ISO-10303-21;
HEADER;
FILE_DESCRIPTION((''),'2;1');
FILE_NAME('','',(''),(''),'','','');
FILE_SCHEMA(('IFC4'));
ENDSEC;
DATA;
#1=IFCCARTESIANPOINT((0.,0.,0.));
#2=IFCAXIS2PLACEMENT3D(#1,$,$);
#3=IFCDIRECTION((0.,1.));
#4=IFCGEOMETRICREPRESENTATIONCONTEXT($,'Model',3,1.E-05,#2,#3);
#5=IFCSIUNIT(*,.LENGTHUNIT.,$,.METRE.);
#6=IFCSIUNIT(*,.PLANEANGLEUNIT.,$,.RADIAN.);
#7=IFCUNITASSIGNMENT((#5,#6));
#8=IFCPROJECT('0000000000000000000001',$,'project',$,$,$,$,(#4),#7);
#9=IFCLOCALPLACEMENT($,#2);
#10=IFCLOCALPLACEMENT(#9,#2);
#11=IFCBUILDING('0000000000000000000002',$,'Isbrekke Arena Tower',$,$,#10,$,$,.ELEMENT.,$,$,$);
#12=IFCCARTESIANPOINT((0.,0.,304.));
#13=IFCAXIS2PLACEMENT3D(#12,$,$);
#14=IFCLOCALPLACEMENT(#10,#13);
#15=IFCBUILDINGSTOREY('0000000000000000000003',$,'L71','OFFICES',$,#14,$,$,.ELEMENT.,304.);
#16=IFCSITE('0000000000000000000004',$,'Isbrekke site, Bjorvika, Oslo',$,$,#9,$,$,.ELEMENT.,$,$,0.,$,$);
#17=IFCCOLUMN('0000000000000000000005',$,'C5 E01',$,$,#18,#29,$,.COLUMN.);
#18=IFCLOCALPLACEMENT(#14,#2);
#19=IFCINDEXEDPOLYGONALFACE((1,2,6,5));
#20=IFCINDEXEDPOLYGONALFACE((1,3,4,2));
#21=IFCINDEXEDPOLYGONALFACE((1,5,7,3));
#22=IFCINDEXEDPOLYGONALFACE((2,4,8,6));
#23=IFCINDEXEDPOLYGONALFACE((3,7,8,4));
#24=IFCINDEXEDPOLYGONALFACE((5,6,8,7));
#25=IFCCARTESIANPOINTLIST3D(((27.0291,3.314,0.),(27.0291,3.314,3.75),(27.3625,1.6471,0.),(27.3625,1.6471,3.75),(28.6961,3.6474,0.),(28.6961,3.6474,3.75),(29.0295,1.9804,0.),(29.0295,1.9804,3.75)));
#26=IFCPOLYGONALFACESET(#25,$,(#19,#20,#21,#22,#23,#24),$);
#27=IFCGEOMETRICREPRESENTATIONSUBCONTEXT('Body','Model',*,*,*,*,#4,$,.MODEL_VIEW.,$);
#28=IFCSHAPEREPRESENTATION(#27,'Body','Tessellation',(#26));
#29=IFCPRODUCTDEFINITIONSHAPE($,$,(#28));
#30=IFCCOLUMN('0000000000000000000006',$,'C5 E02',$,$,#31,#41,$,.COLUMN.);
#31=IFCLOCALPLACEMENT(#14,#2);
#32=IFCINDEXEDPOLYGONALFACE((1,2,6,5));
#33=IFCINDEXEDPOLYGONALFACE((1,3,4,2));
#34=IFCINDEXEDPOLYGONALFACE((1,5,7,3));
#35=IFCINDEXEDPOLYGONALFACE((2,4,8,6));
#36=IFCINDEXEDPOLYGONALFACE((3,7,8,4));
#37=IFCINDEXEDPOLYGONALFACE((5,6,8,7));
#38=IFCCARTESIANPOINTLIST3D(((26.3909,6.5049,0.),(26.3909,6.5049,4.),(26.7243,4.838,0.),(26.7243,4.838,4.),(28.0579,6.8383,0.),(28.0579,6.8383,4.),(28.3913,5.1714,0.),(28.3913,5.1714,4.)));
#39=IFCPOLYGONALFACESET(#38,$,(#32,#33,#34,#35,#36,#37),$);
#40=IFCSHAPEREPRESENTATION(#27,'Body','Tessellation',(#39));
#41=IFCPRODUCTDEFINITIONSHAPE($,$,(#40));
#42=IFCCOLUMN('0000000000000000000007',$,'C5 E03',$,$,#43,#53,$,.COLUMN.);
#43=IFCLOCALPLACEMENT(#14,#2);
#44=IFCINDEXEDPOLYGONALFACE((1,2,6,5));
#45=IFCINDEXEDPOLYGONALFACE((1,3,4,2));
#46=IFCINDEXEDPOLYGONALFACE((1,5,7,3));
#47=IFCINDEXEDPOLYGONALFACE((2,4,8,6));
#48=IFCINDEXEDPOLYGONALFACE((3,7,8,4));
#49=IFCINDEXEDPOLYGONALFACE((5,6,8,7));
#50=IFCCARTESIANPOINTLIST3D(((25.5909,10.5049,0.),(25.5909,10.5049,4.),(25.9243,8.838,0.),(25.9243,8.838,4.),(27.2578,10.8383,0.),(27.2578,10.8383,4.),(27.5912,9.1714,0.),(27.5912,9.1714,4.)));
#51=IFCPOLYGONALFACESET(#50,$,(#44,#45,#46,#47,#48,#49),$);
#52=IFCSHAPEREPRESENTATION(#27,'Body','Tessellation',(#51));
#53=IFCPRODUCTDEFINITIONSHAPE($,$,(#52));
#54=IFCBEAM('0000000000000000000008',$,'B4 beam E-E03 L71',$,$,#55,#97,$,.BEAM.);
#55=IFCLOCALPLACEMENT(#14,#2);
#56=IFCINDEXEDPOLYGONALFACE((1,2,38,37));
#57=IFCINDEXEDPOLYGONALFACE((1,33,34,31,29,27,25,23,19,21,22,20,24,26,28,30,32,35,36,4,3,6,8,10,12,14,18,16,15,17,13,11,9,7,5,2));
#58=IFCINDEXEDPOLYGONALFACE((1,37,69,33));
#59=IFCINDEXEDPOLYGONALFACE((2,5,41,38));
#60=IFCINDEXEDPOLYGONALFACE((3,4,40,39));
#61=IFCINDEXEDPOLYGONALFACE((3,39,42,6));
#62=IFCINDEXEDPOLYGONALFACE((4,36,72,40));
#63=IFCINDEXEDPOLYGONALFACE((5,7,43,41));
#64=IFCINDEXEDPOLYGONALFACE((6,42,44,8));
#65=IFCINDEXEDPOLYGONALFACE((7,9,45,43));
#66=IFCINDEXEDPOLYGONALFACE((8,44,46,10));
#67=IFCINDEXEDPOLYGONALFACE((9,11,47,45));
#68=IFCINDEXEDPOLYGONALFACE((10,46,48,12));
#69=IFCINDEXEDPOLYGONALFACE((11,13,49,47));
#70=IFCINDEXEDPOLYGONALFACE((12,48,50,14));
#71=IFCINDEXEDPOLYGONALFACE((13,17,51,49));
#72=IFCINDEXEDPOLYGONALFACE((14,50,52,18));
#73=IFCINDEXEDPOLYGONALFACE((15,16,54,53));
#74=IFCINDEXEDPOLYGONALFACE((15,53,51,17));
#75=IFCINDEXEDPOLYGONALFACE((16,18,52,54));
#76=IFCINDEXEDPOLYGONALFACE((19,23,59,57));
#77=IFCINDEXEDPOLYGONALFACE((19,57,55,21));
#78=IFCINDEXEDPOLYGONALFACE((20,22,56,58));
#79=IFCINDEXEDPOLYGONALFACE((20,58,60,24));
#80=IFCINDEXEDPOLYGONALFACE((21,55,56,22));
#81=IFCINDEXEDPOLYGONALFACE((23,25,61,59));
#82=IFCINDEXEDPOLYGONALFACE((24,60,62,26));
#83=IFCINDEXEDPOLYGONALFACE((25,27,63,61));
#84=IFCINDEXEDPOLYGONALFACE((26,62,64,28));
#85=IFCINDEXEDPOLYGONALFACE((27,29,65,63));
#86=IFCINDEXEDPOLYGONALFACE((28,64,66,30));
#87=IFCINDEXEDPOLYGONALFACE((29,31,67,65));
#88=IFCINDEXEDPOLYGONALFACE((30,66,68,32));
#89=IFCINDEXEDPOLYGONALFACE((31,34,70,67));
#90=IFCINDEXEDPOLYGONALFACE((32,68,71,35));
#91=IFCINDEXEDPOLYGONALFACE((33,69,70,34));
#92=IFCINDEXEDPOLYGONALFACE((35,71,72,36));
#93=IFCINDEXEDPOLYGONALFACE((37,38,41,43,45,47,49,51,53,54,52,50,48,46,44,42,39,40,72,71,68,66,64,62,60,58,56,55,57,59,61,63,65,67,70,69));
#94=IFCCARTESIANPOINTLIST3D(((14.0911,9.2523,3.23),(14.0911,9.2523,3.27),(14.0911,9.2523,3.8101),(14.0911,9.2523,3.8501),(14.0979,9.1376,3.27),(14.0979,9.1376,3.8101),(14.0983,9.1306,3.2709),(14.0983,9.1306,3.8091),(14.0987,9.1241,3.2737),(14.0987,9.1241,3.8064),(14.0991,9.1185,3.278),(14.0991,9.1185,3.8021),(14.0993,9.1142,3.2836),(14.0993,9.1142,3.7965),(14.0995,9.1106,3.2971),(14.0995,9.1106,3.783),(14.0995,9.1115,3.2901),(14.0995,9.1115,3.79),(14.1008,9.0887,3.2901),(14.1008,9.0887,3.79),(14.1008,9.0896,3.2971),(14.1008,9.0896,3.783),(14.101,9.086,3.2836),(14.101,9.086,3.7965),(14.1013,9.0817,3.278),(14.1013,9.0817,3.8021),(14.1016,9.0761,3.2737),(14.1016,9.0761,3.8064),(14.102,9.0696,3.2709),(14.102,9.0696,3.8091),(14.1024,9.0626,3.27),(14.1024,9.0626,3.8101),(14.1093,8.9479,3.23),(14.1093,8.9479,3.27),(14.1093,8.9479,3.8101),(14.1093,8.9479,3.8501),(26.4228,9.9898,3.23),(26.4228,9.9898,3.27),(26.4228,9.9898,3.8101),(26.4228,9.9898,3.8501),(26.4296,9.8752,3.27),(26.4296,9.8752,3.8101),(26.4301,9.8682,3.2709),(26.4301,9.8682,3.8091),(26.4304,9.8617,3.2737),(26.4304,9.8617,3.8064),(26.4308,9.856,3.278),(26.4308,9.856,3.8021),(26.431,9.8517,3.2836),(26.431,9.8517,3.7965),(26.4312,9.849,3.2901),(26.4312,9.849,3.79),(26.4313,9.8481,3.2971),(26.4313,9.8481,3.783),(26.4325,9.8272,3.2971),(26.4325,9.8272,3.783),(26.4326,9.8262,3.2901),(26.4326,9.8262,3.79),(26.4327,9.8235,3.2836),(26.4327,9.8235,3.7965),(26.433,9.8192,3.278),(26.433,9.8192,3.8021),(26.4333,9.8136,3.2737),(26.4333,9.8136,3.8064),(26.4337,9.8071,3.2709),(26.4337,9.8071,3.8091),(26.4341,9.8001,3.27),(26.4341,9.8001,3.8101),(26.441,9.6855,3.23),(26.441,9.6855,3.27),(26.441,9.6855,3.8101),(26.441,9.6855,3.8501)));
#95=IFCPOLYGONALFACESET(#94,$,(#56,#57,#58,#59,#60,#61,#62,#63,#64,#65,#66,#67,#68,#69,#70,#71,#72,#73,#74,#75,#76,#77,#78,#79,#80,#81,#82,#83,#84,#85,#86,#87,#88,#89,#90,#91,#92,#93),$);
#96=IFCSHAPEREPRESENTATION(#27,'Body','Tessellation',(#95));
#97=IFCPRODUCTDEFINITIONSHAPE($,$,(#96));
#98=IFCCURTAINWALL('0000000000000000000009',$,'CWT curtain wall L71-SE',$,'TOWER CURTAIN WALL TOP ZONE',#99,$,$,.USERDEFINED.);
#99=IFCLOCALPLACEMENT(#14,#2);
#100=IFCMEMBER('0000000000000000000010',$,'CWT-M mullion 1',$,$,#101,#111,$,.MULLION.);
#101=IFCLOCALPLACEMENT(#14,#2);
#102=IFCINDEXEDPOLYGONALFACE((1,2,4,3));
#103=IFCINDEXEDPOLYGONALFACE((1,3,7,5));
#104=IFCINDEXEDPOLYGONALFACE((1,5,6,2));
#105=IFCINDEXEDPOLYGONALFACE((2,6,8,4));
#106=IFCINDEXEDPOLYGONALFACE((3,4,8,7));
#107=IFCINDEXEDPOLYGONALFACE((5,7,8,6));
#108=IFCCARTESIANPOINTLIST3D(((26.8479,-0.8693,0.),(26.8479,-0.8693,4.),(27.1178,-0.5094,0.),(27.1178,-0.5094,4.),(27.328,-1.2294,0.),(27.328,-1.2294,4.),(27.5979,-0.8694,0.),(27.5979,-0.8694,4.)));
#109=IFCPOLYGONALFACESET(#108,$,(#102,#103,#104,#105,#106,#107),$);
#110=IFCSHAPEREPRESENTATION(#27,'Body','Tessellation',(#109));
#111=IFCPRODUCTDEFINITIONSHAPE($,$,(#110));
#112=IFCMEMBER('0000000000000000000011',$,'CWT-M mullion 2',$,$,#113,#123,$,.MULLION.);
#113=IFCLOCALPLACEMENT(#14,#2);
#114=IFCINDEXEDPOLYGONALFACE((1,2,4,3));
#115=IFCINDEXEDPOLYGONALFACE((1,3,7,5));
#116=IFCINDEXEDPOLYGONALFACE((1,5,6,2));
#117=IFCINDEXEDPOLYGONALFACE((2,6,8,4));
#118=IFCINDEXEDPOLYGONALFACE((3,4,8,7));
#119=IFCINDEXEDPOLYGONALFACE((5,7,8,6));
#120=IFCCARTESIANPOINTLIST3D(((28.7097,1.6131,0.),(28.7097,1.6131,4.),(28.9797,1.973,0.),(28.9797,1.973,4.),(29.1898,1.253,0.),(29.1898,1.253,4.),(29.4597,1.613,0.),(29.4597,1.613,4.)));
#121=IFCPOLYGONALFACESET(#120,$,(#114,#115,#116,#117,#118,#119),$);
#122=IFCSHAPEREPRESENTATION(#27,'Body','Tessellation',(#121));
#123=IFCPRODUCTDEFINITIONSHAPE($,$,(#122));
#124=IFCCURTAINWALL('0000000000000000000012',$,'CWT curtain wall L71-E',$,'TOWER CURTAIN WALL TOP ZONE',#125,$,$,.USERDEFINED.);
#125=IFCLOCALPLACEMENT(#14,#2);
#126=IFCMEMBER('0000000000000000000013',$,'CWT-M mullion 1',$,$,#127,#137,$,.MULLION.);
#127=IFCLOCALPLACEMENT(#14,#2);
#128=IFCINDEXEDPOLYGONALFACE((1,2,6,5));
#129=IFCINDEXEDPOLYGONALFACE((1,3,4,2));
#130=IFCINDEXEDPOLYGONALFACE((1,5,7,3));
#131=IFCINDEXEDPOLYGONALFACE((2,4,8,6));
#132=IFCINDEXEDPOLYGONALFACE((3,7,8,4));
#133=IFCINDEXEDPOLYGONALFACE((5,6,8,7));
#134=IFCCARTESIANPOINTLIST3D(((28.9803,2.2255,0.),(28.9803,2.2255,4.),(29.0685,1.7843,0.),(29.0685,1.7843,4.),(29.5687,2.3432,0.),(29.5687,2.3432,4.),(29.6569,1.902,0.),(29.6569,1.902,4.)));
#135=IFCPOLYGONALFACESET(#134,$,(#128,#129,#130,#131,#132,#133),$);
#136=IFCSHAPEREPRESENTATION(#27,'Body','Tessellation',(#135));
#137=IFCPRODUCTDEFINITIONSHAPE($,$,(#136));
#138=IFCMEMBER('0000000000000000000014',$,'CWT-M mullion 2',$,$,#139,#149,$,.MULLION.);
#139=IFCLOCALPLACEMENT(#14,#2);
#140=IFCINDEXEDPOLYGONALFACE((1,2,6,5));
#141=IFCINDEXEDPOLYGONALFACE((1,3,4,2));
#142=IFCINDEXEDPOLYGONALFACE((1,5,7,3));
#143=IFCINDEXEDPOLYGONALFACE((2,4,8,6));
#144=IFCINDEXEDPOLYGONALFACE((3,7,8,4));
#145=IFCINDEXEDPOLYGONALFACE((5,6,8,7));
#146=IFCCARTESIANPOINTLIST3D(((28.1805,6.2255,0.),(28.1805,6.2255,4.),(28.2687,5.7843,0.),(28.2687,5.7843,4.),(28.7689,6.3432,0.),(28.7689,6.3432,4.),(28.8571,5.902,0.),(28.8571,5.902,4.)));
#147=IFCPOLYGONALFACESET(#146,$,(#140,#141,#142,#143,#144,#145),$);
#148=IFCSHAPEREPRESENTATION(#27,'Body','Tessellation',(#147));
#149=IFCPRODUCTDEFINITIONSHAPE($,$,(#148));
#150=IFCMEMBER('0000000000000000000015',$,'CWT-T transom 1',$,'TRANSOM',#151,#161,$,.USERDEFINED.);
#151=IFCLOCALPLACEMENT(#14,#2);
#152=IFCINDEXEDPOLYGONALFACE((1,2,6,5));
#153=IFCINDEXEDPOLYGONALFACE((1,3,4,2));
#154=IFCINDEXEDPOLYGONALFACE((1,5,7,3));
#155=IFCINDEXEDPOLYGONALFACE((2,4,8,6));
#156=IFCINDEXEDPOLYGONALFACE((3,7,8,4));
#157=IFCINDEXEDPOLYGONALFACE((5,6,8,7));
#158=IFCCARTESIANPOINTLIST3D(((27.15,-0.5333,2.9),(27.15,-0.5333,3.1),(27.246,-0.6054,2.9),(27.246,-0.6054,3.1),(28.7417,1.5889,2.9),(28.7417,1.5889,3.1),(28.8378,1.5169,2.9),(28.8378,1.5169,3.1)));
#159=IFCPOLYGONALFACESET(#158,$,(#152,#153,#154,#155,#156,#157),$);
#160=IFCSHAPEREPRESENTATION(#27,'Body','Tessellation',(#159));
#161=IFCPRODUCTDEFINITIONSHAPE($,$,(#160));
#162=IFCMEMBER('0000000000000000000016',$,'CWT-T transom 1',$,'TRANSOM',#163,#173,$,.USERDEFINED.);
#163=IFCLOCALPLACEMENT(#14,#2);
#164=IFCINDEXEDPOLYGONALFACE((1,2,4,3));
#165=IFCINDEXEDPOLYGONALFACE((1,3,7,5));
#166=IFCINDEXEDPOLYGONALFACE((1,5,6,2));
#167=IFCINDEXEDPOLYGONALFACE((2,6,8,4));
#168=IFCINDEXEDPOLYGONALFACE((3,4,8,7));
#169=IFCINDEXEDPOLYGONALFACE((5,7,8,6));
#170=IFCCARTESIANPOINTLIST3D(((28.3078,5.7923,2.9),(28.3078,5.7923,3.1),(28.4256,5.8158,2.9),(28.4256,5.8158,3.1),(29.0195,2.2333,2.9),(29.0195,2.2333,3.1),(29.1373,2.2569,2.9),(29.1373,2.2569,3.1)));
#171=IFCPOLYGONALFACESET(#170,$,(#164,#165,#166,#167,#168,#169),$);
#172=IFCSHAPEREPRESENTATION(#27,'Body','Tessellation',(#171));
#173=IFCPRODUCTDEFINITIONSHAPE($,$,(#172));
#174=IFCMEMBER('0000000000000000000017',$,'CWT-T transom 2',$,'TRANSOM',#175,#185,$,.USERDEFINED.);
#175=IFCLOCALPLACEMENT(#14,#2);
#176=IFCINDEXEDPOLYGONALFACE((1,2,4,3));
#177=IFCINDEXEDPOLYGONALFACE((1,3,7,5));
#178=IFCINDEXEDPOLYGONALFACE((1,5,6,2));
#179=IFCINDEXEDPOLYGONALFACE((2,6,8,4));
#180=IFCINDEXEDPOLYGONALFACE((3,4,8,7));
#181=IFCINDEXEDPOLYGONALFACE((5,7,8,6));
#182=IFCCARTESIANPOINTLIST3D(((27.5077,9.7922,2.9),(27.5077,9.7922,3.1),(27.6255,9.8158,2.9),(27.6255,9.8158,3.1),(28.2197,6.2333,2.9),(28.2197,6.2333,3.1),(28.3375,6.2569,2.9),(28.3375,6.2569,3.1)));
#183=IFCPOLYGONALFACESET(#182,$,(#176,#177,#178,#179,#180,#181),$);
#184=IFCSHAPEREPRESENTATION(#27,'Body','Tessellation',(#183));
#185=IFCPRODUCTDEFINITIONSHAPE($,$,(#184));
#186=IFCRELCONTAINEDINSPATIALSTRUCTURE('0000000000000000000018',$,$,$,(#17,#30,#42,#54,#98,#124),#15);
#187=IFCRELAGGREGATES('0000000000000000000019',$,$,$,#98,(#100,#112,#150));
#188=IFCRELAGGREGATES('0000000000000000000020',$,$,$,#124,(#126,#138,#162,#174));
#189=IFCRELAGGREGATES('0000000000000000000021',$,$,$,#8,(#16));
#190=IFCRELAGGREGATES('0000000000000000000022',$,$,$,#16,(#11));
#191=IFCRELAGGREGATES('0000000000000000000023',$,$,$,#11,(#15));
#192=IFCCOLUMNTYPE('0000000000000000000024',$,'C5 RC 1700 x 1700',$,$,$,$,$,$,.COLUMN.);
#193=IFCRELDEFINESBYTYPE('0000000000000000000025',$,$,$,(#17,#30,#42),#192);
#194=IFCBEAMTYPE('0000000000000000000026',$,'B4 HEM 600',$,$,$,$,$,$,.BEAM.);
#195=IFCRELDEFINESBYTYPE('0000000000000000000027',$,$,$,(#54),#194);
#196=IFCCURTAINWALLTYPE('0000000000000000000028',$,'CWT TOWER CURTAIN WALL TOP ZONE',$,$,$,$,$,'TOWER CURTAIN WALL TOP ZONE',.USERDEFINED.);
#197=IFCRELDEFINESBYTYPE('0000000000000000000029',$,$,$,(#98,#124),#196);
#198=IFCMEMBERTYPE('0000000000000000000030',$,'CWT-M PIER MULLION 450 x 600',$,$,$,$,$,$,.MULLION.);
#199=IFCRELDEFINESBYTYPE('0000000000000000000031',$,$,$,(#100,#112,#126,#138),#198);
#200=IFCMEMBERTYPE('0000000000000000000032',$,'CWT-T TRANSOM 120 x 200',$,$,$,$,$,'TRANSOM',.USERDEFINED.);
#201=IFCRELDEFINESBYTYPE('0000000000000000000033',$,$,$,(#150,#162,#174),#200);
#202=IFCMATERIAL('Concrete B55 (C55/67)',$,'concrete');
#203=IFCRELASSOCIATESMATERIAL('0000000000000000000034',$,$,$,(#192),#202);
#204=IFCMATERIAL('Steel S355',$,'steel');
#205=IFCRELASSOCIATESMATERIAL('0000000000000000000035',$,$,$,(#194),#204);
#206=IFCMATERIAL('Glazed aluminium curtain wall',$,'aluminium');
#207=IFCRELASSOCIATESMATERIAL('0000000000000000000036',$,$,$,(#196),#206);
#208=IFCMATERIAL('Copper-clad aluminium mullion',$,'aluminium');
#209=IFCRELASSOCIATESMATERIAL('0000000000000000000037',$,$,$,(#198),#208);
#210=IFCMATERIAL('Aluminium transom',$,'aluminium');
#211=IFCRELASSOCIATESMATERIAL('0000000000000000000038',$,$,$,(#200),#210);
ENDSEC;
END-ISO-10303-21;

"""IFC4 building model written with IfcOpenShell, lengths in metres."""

from ifc_helpers import new_model, si_unit, direction, frame, origin, origin_2d, place, context, subcontext, project, spatial, rectangle, i_section, extrude, material, material_profile, profile_set, type_object, element, aggregate, save


model = new_model("IFC4")

# Units and contexts
model_context = context("Model", 3, precision=1e-05, world=origin(), true_north=direction((0.0, 1.0)))
body_context = subcontext(model_context, "Body", "Model", "MODEL_VIEW")
ifc_project = project(units=[si_unit("LENGTHUNIT", "METRE"), si_unit("PLANEANGLEUNIT", "RADIAN")], contexts=[model_context])

# Site, building, storey
site_placement = place(None, origin())
site = spatial("IfcSite", under=ifc_project, at=site_placement, Name="Isbrekke site, Bjorvika, Oslo", CompositionType="ELEMENT", RefElevation=0.0)
building_placement = place(site_placement, origin())
building = spatial("IfcBuilding", under=site, at=building_placement, Name="Isbrekke Arena Tower", CompositionType="ELEMENT")
storey_placement = place(building_placement, frame((0.0, 0.0, 304.0)))
storey = spatial("IfcBuildingStorey", under=building, at=storey_placement, Name="L71", Description="OFFICES", CompositionType="ELEMENT", Elevation=304.0)

# Columns
ifc_material_1 = material(Name="Concrete B55 (C55/67)", Category="concrete")
ifc_material_profile_1 = material_profile(ifc_material_1, rectangle(XDim=1.7, YDim=1.7, at=origin_2d()), Name="RC 1700x1700")
ifc_profile_set_1 = profile_set([ifc_material_profile_1], Name="Concrete B55 (C55/67)")
column_type = type_object("IfcColumnType", Name="C5 RC 1700 x 1700", PredefinedType="COLUMN", material=ifc_profile_set_1)
column_placement = place(storey_placement, frame((28.0293, 2.6472, 0.0), z_axis=(0.0, 0.0, 1.0), x_axis=(-0.196116, 0.980581, 0.0)))
element("IfcColumn", 1, at=column_placement, inside=storey, type_object=column_type, Name="C5 E01", PredefinedType="COLUMN", context=body_context, shape_type="SweptSolid", body=[
    extrude(rectangle(XDim=1.7, YDim=1.7, at=origin_2d()), origin(), (0.0, 0.0, 1.0), 3.75),
])
for number, where, z_axis, x_axis, name in (
    (2, (27.3911, 5.8381, 0.0), (0.0, 0.0, 1.0), (-0.196116, 0.980581, 0.0), "C5 E02"),
    (3, (26.5911, 9.8381, 0.0), (0.0, 0.0, 1.0), (-0.196116, 0.980581, 0.0), "C5 E03"),
):
    element("IfcColumn", number, at=place(storey_placement, frame(where, z_axis=z_axis, x_axis=x_axis)), inside=storey, type_object=column_type, Name=name, PredefinedType="COLUMN", context=body_context, shape_type="SweptSolid", body=[
        extrude(rectangle(XDim=1.7, YDim=1.7, at=origin_2d()), origin(), (0.0, 0.0, 1.0), 4.0),
    ])

# Beam
ifc_material_2 = material(Name="Steel S355", Category="steel")
ifc_material_profile_2 = material_profile(ifc_material_2, i_section(OverallWidth=0.3049, OverallDepth=0.6201, WebThickness=0.021, FlangeThickness=0.04, FilletRadius=0.0271, at=origin_2d()), Name="HEM 600")
ifc_profile_set_2 = profile_set([ifc_material_profile_2], Name="Steel S355")
beam_type_1 = type_object("IfcBeamType", Name="B4 HEM 600", PredefinedType="BEAM", material=ifc_profile_set_2)
beam_1_placement = place(storey_placement, frame((26.4319, 9.8376, 3.54), z_axis=(-0.998216, -0.059702, 0.0), x_axis=(0.059702, -0.998216, 0.0)))
element("IfcBeam", 4, at=beam_1_placement, inside=storey, type_object=beam_type_1, Name="B4 beam E-E03 L71", PredefinedType="BEAM", context=body_context, shape_type="SweptSolid", body=[
    extrude(i_section(OverallWidth=0.3049, OverallDepth=0.6201, WebThickness=0.021, FlangeThickness=0.04, FilletRadius=0.0271, at=origin_2d()), origin(), (0.0, 0.0, 1.0), 12.3538),
])

# Curtain walls, members
ifc_material_3 = material(Name="Glazed aluminium curtain wall", Category="aluminium")
curtain_wall_type = type_object("IfcCurtainWallType", Name="CWT TOWER CURTAIN WALL TOP ZONE", ElementType="TOWER CURTAIN WALL TOP ZONE", PredefinedType="USERDEFINED", material=ifc_material_3)
curtain_wall_1_placement = place(storey_placement, origin())
curtain_wall_1 = element("IfcCurtainWall", 5, at=curtain_wall_1_placement, inside=storey, type_object=curtain_wall_type, Name="CWT curtain wall L71-SE", ObjectType="TOWER CURTAIN WALL TOP ZONE", PredefinedType="USERDEFINED")
ifc_material_4 = material(Name="Copper-clad aluminium mullion", Category="aluminium")
ifc_material_profile_3 = material_profile(ifc_material_4, rectangle(XDim=0.45, YDim=0.6001, at=origin_2d()), Name="PIER 450X600")
ifc_profile_set_3 = profile_set([ifc_material_profile_3], Name="Copper-clad aluminium mullion")
member_type_1 = type_object("IfcMemberType", Name="CWT-M PIER MULLION 450 x 600", PredefinedType="MULLION", material=ifc_profile_set_3)
member_1_placement = place(storey_placement, frame((27.2229, -0.8694, 0.0), z_axis=(0.0, 0.0, 1.0), x_axis=(0.6, 0.8, 0.0)))
member_1 = element("IfcMember", 6, at=member_1_placement, type_object=member_type_1, Name="CWT-M mullion 1", PredefinedType="MULLION", context=body_context, shape_type="SweptSolid", body=[
    extrude(rectangle(XDim=0.45, YDim=0.6001, at=origin_2d()), origin(), (0.0, 0.0, 1.0), 4.0),
])
member_2_placement = place(storey_placement, frame((29.0847, 1.613, 0.0), z_axis=(0.0, 0.0, 1.0), x_axis=(0.6, 0.8, 0.0)))
member_2 = element("IfcMember", 7, at=member_2_placement, type_object=member_type_1, Name="CWT-M mullion 2", PredefinedType="MULLION", context=body_context, shape_type="SweptSolid", body=[
    extrude(rectangle(XDim=0.45, YDim=0.6001, at=origin_2d()), origin(), (0.0, 0.0, 1.0), 4.0),
])
curtain_wall_2_placement = place(storey_placement, origin())
curtain_wall_2 = element("IfcCurtainWall", 8, at=curtain_wall_2_placement, inside=storey, type_object=curtain_wall_type, Name="CWT curtain wall L71-E", ObjectType="TOWER CURTAIN WALL TOP ZONE", PredefinedType="USERDEFINED")
member_3_placement = place(storey_placement, frame((29.3186, 2.0637, 0.0), z_axis=(0.0, 0.0, 1.0), x_axis=(-0.196116, 0.980581, 0.0)))
member_3 = element("IfcMember", 9, at=member_3_placement, type_object=member_type_1, Name="CWT-M mullion 1", PredefinedType="MULLION", context=body_context, shape_type="SweptSolid", body=[
    extrude(rectangle(XDim=0.45, YDim=0.6001, at=origin_2d()), origin(), (0.0, 0.0, 1.0), 4.0),
])
member_4_placement = place(storey_placement, frame((28.5188, 6.0637, 0.0), z_axis=(0.0, 0.0, 1.0), x_axis=(-0.196116, 0.980581, 0.0)))
member_4 = element("IfcMember", 10, at=member_4_placement, type_object=member_type_1, Name="CWT-M mullion 2", PredefinedType="MULLION", context=body_context, shape_type="SweptSolid", body=[
    extrude(rectangle(XDim=0.45, YDim=0.6001, at=origin_2d()), origin(), (0.0, 0.0, 1.0), 4.0),
])

# Members
ifc_material_5 = material(Name="Aluminium transom", Category="aluminium")
ifc_material_profile_4 = material_profile(ifc_material_5, rectangle(XDim=0.1201, YDim=0.2, at=origin_2d()), Name="TRANSOM 120X200")
ifc_profile_set_4 = profile_set([ifc_material_profile_4], Name="Aluminium transom")
member_type_2 = type_object("IfcMemberType", Name="CWT-T TRANSOM 120 x 200", ElementType="TRANSOM", PredefinedType="USERDEFINED", material=ifc_profile_set_4)
member_5_placement = place(storey_placement, frame((27.198, -0.5693, 3.0), z_axis=(0.600015, 0.799989, 0.0), x_axis=(-0.799989, 0.600015, 0.0)))
member_5 = element("IfcMember", 11, at=member_5_placement, type_object=member_type_2, Name="CWT-T transom 1", ObjectType="TRANSOM", PredefinedType="USERDEFINED", context=body_context, shape_type="SweptSolid", body=[
    extrude(rectangle(XDim=0.1201, YDim=0.2, at=origin_2d()), origin(), (0.0, 0.0, 1.0), 2.6528),
])
member_6_placement = place(storey_placement, frame((29.0784, 2.2451, 3.0), z_axis=(-0.19609, 0.980586, 0.0), x_axis=(-0.980586, -0.19609, 0.0)))
member_6 = element("IfcMember", 12, at=member_6_placement, type_object=member_type_2, Name="CWT-T transom 1", ObjectType="TRANSOM", PredefinedType="USERDEFINED", context=body_context, shape_type="SweptSolid", body=[
    extrude(rectangle(XDim=0.1201, YDim=0.2, at=origin_2d()), origin(), (0.0, 0.0, 1.0), 3.6294),
])
member_7_placement = place(storey_placement, frame((28.2786, 6.2451, 3.0), z_axis=(-0.196155, 0.980573, 0.0), x_axis=(-0.980573, -0.196155, 0.0)))
member_7 = element("IfcMember", 13, at=member_7_placement, type_object=member_type_2, Name="CWT-T transom 2", ObjectType="TRANSOM", PredefinedType="USERDEFINED", context=body_context, shape_type="SweptSolid", body=[
    extrude(rectangle(XDim=0.1201, YDim=0.2, at=origin_2d()), origin(), (0.0, 0.0, 1.0), 3.6294),
])

aggregate(curtain_wall_1, [member_1, member_2, member_5])
aggregate(curtain_wall_2, [member_3, member_4, member_6, member_7])

save(model, "model.ifc")
